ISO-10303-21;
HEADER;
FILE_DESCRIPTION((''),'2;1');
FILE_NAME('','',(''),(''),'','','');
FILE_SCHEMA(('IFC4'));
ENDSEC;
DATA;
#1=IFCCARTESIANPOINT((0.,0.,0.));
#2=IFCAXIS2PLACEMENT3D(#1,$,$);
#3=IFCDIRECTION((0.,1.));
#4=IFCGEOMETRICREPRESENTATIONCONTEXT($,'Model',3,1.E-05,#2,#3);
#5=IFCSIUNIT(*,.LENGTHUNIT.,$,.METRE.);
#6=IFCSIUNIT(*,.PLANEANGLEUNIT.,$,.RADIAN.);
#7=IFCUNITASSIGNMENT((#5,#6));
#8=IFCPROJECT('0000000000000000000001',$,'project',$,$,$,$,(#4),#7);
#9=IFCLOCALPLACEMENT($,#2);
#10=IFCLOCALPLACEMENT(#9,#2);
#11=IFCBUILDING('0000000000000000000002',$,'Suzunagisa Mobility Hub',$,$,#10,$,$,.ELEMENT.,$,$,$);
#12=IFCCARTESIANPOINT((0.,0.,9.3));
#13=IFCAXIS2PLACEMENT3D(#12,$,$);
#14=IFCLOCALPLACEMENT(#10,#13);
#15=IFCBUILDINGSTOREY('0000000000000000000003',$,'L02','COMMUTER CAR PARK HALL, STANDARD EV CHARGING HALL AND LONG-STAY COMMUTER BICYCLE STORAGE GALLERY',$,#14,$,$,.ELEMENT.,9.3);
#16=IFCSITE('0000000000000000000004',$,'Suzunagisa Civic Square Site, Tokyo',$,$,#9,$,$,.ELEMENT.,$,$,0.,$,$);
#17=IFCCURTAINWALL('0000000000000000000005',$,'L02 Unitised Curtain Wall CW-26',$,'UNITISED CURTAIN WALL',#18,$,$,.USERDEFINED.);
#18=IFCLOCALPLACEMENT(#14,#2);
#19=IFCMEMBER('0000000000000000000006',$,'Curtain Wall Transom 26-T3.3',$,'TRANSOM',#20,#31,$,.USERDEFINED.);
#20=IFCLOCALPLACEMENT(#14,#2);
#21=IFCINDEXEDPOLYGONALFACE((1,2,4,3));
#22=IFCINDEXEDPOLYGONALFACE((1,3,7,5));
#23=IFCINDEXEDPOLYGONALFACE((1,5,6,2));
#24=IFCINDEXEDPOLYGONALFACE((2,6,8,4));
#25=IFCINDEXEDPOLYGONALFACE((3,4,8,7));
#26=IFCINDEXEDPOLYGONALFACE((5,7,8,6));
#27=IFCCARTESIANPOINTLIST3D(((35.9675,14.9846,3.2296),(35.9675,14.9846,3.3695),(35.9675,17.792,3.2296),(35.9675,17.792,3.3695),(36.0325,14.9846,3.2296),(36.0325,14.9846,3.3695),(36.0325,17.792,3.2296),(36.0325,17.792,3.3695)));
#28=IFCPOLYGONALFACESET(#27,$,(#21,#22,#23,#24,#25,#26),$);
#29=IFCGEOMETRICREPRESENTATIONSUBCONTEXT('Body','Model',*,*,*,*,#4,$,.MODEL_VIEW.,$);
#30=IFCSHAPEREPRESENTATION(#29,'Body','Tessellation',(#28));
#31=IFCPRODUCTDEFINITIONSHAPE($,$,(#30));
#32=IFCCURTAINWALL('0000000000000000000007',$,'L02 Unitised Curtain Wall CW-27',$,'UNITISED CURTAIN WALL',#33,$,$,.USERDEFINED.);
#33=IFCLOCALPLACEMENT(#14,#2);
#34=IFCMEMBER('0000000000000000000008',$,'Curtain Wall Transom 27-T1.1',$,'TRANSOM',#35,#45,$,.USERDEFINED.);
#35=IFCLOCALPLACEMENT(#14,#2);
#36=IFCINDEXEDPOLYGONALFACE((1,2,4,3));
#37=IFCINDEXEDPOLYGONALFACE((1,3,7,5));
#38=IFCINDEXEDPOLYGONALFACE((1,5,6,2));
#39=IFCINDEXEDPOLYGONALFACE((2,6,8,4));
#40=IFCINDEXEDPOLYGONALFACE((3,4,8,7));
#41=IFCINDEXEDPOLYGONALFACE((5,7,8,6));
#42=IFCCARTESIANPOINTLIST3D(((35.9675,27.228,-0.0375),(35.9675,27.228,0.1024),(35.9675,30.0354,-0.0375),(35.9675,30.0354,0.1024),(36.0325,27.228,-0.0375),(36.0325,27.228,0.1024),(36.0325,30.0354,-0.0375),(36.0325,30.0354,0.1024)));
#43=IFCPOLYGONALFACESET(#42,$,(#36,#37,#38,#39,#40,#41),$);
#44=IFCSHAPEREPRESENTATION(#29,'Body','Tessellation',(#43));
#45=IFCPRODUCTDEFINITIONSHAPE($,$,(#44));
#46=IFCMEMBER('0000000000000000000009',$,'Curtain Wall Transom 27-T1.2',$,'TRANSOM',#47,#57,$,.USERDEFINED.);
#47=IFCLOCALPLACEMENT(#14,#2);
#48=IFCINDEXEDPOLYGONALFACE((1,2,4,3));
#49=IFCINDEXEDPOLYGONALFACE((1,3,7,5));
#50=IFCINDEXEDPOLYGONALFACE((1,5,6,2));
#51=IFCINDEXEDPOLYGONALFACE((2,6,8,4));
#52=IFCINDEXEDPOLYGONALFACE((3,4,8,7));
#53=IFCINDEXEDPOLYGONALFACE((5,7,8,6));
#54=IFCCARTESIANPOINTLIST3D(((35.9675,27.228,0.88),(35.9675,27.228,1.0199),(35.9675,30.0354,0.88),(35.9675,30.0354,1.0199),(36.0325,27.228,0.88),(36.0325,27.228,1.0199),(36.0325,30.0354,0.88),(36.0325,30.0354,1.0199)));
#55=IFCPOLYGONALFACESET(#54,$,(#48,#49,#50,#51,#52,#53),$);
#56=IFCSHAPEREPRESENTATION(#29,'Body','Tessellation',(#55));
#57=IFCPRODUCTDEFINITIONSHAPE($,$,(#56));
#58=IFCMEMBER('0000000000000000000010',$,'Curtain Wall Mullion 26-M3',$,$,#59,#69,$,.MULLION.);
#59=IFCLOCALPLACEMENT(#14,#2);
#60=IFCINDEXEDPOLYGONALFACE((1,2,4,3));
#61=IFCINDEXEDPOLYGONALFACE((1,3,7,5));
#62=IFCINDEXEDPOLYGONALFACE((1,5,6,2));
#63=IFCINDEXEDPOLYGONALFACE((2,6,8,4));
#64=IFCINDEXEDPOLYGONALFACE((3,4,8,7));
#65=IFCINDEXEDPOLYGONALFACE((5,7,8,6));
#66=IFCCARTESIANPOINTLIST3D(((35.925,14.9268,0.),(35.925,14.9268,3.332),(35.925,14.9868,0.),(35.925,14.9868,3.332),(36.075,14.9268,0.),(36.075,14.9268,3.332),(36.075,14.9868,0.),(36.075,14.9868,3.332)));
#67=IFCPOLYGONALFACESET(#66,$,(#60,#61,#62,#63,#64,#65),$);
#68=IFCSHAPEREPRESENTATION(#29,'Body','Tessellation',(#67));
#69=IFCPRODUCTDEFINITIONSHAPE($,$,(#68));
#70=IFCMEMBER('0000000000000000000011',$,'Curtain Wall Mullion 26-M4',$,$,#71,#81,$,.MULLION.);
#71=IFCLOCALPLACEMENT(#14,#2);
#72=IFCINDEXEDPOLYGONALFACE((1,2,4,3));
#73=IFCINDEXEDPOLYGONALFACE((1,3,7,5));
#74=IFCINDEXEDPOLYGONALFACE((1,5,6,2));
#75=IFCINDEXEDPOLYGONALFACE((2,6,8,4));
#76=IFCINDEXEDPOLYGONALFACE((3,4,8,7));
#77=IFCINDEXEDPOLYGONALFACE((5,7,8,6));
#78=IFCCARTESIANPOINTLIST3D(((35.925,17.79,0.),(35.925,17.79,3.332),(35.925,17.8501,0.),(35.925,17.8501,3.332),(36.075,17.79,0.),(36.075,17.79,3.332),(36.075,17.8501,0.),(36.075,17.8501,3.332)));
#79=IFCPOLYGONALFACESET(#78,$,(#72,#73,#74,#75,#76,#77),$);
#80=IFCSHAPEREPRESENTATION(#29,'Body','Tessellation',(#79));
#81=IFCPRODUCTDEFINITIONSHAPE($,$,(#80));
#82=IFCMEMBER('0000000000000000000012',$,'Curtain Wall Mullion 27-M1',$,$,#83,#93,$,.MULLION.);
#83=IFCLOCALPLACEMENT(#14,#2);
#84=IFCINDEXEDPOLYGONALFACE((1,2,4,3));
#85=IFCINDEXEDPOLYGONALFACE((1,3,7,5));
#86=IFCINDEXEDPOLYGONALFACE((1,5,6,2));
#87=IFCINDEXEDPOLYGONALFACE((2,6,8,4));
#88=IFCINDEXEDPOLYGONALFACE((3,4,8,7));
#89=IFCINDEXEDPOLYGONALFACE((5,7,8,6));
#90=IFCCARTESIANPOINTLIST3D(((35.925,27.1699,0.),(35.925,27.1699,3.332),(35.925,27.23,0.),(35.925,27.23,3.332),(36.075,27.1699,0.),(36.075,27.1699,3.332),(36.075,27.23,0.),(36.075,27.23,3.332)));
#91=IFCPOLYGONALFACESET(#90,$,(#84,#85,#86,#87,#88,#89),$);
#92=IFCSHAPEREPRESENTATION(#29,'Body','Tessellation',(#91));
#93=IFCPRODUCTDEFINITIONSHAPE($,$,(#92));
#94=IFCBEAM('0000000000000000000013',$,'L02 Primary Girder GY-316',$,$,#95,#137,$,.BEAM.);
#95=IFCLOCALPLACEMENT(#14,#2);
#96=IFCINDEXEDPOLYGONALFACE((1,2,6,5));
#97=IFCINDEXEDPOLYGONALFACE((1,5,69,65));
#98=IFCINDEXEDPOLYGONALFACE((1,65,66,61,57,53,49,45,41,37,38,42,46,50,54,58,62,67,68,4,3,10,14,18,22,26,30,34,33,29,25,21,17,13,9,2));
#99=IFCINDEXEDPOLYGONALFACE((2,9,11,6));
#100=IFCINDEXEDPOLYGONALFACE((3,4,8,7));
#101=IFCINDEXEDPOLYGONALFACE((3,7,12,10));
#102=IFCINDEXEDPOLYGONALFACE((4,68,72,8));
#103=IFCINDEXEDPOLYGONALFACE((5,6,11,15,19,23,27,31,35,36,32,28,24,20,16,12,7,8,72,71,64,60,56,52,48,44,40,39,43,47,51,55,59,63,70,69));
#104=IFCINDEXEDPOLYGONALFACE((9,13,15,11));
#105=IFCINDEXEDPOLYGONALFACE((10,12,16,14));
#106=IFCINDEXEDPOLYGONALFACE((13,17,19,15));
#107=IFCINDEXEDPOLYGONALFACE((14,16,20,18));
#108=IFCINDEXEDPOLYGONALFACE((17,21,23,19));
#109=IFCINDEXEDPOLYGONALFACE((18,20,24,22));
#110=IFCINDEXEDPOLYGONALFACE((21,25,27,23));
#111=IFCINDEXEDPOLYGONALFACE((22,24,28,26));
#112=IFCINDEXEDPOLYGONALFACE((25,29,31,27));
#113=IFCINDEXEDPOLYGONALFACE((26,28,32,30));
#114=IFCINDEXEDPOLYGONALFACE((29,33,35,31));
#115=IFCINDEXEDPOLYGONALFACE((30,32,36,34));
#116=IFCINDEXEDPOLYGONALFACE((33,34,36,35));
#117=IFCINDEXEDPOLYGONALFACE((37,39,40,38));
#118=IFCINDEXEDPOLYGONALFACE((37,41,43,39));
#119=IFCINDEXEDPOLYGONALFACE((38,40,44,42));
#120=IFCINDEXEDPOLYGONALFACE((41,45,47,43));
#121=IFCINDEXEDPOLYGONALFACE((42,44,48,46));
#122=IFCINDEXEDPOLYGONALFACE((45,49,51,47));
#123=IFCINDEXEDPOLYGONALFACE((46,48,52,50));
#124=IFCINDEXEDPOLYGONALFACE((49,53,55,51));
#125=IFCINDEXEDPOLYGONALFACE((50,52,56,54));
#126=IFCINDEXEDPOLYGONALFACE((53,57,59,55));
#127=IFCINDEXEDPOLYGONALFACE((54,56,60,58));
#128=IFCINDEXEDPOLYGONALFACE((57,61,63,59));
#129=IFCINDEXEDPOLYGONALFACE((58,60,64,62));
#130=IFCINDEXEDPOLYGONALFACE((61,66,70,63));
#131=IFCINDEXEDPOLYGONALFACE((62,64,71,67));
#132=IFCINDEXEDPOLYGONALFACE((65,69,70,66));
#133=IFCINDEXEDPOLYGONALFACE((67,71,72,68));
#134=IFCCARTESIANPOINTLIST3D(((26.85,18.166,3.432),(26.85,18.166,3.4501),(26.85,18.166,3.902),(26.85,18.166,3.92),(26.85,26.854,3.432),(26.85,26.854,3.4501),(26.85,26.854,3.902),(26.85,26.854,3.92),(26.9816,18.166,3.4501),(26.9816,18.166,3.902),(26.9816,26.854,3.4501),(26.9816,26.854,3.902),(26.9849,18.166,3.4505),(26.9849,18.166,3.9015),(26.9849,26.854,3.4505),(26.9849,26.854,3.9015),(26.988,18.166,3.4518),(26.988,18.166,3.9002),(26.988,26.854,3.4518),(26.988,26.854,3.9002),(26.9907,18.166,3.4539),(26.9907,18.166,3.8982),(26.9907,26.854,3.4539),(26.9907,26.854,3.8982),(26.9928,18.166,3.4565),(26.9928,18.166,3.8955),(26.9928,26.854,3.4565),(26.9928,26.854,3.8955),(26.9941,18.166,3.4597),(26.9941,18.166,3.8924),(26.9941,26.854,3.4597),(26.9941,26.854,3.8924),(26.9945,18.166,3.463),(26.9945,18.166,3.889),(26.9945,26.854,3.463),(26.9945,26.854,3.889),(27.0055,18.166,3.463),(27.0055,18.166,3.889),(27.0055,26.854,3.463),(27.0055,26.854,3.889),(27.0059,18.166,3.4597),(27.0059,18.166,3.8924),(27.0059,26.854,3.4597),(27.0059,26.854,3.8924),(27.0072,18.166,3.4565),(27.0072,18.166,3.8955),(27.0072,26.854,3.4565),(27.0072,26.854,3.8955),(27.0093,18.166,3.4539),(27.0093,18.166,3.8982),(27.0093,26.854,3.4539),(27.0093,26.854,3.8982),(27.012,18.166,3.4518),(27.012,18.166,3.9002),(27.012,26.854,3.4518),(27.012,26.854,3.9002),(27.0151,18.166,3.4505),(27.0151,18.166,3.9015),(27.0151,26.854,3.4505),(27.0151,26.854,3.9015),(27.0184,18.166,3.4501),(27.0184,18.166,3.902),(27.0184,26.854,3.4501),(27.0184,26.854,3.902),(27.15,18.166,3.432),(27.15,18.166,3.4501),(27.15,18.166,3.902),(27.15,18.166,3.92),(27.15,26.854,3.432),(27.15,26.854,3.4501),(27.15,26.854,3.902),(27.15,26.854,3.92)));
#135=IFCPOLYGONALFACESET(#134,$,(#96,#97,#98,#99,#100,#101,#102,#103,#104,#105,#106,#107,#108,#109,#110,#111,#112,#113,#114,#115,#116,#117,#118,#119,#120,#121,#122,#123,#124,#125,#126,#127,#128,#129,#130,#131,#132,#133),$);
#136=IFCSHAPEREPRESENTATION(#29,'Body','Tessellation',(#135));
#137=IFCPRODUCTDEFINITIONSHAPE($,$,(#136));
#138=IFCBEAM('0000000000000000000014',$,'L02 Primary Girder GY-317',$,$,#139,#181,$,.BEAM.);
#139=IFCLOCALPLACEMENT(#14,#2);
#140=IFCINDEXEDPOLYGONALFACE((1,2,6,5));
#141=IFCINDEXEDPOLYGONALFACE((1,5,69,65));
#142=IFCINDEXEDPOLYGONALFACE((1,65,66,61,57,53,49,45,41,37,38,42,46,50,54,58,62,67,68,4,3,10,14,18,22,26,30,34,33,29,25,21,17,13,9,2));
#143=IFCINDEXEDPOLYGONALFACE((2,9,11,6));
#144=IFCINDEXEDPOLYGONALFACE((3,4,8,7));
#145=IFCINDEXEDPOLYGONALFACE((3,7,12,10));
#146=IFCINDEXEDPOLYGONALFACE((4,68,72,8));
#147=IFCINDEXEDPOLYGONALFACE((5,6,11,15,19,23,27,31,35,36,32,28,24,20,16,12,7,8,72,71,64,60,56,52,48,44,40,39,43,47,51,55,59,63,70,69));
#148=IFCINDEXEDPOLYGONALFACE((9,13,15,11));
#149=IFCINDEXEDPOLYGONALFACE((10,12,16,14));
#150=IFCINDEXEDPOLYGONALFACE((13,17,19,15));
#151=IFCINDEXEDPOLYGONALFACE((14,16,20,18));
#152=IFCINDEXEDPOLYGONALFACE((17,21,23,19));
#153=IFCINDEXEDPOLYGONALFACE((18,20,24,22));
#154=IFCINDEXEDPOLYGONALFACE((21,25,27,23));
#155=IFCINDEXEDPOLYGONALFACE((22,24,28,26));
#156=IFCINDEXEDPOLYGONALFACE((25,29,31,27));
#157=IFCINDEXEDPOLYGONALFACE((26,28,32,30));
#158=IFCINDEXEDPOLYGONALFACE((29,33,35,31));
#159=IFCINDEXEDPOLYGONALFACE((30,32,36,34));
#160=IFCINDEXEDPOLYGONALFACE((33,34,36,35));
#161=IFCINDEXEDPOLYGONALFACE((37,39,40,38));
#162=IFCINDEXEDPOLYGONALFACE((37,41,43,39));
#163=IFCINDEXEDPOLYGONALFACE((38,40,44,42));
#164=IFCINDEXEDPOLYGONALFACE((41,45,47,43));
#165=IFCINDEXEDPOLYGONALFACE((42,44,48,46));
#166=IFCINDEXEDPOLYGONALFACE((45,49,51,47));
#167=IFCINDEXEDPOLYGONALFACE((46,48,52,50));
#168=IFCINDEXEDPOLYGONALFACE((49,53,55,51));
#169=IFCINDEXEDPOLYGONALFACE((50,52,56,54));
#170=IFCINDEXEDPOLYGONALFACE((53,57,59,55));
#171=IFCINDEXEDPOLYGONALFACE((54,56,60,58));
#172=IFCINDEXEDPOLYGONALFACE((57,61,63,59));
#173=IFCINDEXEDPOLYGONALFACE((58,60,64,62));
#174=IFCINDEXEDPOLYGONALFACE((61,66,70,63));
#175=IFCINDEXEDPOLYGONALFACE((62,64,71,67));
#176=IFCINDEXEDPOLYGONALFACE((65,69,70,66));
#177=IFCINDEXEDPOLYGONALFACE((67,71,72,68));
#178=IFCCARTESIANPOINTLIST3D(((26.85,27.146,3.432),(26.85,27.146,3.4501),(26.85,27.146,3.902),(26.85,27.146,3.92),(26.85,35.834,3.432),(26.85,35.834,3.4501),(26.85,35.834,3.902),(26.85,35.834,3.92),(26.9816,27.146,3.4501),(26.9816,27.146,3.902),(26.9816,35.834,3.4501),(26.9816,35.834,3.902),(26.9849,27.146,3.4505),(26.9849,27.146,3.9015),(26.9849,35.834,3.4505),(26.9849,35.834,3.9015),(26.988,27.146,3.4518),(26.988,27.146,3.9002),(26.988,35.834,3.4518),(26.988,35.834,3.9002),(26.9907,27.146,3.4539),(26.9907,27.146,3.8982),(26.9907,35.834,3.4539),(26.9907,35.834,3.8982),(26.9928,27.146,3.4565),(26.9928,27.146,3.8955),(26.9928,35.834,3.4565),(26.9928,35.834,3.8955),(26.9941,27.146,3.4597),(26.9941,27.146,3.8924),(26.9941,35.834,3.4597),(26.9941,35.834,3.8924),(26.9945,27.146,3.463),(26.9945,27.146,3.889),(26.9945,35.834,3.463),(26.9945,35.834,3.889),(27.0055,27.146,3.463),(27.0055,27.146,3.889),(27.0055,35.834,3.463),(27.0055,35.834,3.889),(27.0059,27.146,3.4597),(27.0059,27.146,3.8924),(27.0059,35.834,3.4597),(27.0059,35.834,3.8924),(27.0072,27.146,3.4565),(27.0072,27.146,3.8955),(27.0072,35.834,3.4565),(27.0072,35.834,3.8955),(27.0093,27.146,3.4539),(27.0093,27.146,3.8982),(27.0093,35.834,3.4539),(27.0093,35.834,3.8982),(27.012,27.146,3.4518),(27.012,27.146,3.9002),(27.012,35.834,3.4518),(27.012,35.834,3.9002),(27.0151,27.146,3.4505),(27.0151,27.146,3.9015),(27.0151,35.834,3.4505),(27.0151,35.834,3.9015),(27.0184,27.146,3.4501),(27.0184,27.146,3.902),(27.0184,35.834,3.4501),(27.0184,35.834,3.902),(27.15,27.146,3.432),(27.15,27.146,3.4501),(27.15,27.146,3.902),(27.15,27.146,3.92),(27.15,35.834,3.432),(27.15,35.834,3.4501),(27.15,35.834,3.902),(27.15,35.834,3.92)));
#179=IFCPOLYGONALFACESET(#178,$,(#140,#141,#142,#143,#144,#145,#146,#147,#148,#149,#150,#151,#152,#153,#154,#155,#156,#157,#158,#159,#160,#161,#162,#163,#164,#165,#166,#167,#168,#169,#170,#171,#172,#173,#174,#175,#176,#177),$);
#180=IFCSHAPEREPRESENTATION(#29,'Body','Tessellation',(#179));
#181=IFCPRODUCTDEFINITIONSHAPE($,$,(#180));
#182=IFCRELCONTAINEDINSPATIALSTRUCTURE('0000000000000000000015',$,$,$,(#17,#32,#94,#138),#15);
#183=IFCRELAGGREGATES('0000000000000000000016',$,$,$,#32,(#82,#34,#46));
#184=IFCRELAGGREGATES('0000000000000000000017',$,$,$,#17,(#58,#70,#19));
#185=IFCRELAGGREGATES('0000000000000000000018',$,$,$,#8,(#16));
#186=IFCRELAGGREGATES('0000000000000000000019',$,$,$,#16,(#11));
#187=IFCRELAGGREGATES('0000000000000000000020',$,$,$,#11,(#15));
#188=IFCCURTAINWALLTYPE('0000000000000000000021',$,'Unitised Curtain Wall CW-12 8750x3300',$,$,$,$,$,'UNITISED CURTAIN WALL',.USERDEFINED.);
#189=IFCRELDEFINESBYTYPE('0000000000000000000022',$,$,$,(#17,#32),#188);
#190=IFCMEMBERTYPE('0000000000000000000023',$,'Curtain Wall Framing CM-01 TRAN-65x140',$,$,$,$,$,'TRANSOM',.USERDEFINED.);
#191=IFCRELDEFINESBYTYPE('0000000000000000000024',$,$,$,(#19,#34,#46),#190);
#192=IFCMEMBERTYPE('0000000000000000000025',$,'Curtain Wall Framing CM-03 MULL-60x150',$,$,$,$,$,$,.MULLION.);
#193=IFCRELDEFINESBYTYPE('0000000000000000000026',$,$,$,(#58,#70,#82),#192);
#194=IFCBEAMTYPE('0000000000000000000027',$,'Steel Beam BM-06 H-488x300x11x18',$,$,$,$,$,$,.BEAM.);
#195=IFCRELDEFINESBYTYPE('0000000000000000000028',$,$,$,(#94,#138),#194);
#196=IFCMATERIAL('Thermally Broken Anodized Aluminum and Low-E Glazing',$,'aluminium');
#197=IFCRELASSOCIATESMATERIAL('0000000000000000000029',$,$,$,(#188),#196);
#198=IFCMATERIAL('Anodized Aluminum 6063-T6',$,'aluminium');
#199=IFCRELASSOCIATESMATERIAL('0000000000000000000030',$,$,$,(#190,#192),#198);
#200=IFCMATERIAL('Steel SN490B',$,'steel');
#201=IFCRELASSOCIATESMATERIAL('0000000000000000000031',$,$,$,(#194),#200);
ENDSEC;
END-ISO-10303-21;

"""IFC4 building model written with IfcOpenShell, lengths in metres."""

from ifc_helpers import new_model, si_unit, direction, frame, origin, origin_2d, place, context, subcontext, project, spatial, rectangle, i_section, extrude, material, material_profile, profile_set, type_object, element, aggregate, save


model = new_model("IFC4")

# Units and contexts
model_context = context("Model", 3, precision=1e-05, world=origin(), true_north=direction((0.0, 1.0)))
body_context = subcontext(model_context, "Body", "Model", "MODEL_VIEW")
ifc_project = project(units=[si_unit("LENGTHUNIT", "METRE"), si_unit("PLANEANGLEUNIT", "RADIAN")], contexts=[model_context])

# Site, building, storey
site_placement = place(None, origin())
site = spatial("IfcSite", under=ifc_project, at=site_placement, Name="Suzunagisa Civic Square Site, Tokyo", CompositionType="ELEMENT", RefElevation=0.0)
building_placement = place(site_placement, origin())
building = spatial("IfcBuilding", under=site, at=building_placement, Name="Suzunagisa Mobility Hub", CompositionType="ELEMENT")
storey_placement = place(building_placement, frame((0.0, 0.0, 9.3)))
storey = spatial("IfcBuildingStorey", under=building, at=storey_placement, Name="L02", Description="COMMUTER CAR PARK HALL, STANDARD EV CHARGING HALL AND LONG-STAY COMMUTER BICYCLE STORAGE GALLERY", CompositionType="ELEMENT", Elevation=9.3)

# Shared definitions
ifc_material_1 = material(Name="Steel SN490B", Category="steel")

# Curtain walls, members
ifc_material_2 = material(Name="Thermally Broken Anodized Aluminum and Low-E Glazing", Category="aluminium")
curtain_wall_type = type_object("IfcCurtainWallType", Name="Unitised Curtain Wall CW-12 8750x3300", ElementType="UNITISED CURTAIN WALL", PredefinedType="USERDEFINED", material=ifc_material_2)
curtain_wall_1_placement = place(storey_placement, origin())
curtain_wall_1 = element("IfcCurtainWall", 1, at=curtain_wall_1_placement, inside=storey, type_object=curtain_wall_type, Name="L02 Unitised Curtain Wall CW-26", ObjectType="UNITISED CURTAIN WALL", PredefinedType="USERDEFINED")
ifc_material_3 = material(Name="Anodized Aluminum 6063-T6", Category="aluminium")
ifc_material_profile_1 = material_profile(ifc_material_3, rectangle(XDim=0.0649, YDim=0.1399, at=origin_2d()), Name="TRAN-65x140")
ifc_profile_set_1 = profile_set([ifc_material_profile_1], Name="Anodized Aluminum 6063-T6")
member_type_1 = type_object("IfcMemberType", Name="Curtain Wall Framing CM-01 TRAN-65x140", ElementType="TRANSOM", PredefinedType="USERDEFINED", material=ifc_profile_set_1)
member_1_placement = place(storey_placement, frame((36.0, 14.9846, 3.2996), z_axis=(0.0, 1.0, 0.0), x_axis=(-1.0, 0.0, 0.0)))
member_1 = element("IfcMember", 2, at=member_1_placement, type_object=member_type_1, Name="Curtain Wall Transom 26-T3.3", ObjectType="TRANSOM", PredefinedType="USERDEFINED", context=body_context, shape_type="SweptSolid", body=[
    extrude(rectangle(XDim=0.0649, YDim=0.1399, at=origin_2d()), origin(), (0.0, 0.0, 1.0), 2.8074),
])
curtain_wall_2_placement = place(storey_placement, origin())
curtain_wall_2 = element("IfcCurtainWall", 3, at=curtain_wall_2_placement, inside=storey, type_object=curtain_wall_type, Name="L02 Unitised Curtain Wall CW-27", ObjectType="UNITISED CURTAIN WALL", PredefinedType="USERDEFINED")
member_2_placement = place(storey_placement, frame((36.0, 27.228, 0.0325), z_axis=(0.0, 1.0, 0.0), x_axis=(-1.0, 0.0, 0.0)))
member_2 = element("IfcMember", 4, at=member_2_placement, type_object=member_type_1, Name="Curtain Wall Transom 27-T1.1", ObjectType="TRANSOM", PredefinedType="USERDEFINED", context=body_context, shape_type="SweptSolid", body=[
    extrude(rectangle(XDim=0.0649, YDim=0.1399, at=origin_2d()), origin(), (0.0, 0.0, 1.0), 2.8074),
])
member_3_placement = place(storey_placement, frame((36.0, 27.228, 0.95), z_axis=(0.0, 1.0, 0.0), x_axis=(-1.0, 0.0, 0.0)))
member_3 = element("IfcMember", 5, at=member_3_placement, type_object=member_type_1, Name="Curtain Wall Transom 27-T1.2", ObjectType="TRANSOM", PredefinedType="USERDEFINED", context=body_context, shape_type="SweptSolid", body=[
    extrude(rectangle(XDim=0.0649, YDim=0.1399, at=origin_2d()), origin(), (0.0, 0.0, 1.0), 2.8074),
])

# Members
ifc_material_profile_2 = material_profile(ifc_material_3, rectangle(XDim=0.0601, YDim=0.1499, at=origin_2d()), Name="MULL-60x150")
ifc_profile_set_2 = profile_set([ifc_material_profile_2], Name="Anodized Aluminum 6063-T6")
member_type_2 = type_object("IfcMemberType", Name="Curtain Wall Framing CM-03 MULL-60x150", PredefinedType="MULLION", material=ifc_profile_set_2)
member_4_placement = place(storey_placement, frame((36.0, 14.9568, 0.0), z_axis=(0.0, 0.0, 1.0), x_axis=(0.0, 1.0, 0.0)))
member_4 = element("IfcMember", 6, at=member_4_placement, type_object=member_type_2, Name="Curtain Wall Mullion 26-M3", PredefinedType="MULLION", context=body_context, shape_type="SweptSolid", body=[
    extrude(rectangle(XDim=0.0601, YDim=0.1499, at=origin_2d()), origin(), (0.0, 0.0, 1.0), 3.332),
])
member_5_placement = place(storey_placement, frame((36.0, 17.8201, 0.0), z_axis=(0.0, 0.0, 1.0), x_axis=(0.0, 1.0, 0.0)))
member_5 = element("IfcMember", 7, at=member_5_placement, type_object=member_type_2, Name="Curtain Wall Mullion 26-M4", PredefinedType="MULLION", context=body_context, shape_type="SweptSolid", body=[
    extrude(rectangle(XDim=0.0601, YDim=0.1499, at=origin_2d()), origin(), (0.0, 0.0, 1.0), 3.332),
])
member_6_placement = place(storey_placement, frame((36.0, 27.2, 0.0), z_axis=(0.0, 0.0, 1.0), x_axis=(0.0, 1.0, 0.0)))
member_6 = element("IfcMember", 8, at=member_6_placement, type_object=member_type_2, Name="Curtain Wall Mullion 27-M1", PredefinedType="MULLION", context=body_context, shape_type="SweptSolid", body=[
    extrude(rectangle(XDim=0.0601, YDim=0.1499, at=origin_2d()), origin(), (0.0, 0.0, 1.0), 3.332),
])
aggregate(curtain_wall_2, [member_6, member_2, member_3])

# Beams
ifc_material_profile_3 = material_profile(ifc_material_1, i_section(OverallWidth=0.3, OverallDepth=0.488, WebThickness=0.011, FlangeThickness=0.0181, FilletRadius=0.0129, at=origin_2d()), Name="H-488x300x11x18")
ifc_profile_set_3 = profile_set([ifc_material_profile_3], Name="Steel SN490B")
beam_type_1 = type_object("IfcBeamType", Name="Steel Beam BM-06 H-488x300x11x18", PredefinedType="BEAM", material=ifc_profile_set_3)
for number, where, z_axis, x_axis, name in (
    (9, (27.0, 18.166, 3.676), (0.0, 1.0, 0.0), (-1.0, 0.0, 0.0), "L02 Primary Girder GY-316"),
    (10, (27.0, 27.146, 3.676), (0.0, 1.0, 0.0), (-1.0, 0.0, 0.0), "L02 Primary Girder GY-317"),
):
    element("IfcBeam", number, at=place(storey_placement, frame(where, z_axis=z_axis, x_axis=x_axis)), inside=storey, type_object=beam_type_1, Name=name, PredefinedType="BEAM", context=body_context, shape_type="SweptSolid", body=[
        extrude(i_section(OverallWidth=0.3, OverallDepth=0.488, WebThickness=0.011, FlangeThickness=0.0181, FilletRadius=0.0129, at=origin_2d()), origin(), (0.0, 0.0, 1.0), 8.688),
    ])

aggregate(curtain_wall_1, [member_4, member_5, member_1])

save(model, "model.ifc")
